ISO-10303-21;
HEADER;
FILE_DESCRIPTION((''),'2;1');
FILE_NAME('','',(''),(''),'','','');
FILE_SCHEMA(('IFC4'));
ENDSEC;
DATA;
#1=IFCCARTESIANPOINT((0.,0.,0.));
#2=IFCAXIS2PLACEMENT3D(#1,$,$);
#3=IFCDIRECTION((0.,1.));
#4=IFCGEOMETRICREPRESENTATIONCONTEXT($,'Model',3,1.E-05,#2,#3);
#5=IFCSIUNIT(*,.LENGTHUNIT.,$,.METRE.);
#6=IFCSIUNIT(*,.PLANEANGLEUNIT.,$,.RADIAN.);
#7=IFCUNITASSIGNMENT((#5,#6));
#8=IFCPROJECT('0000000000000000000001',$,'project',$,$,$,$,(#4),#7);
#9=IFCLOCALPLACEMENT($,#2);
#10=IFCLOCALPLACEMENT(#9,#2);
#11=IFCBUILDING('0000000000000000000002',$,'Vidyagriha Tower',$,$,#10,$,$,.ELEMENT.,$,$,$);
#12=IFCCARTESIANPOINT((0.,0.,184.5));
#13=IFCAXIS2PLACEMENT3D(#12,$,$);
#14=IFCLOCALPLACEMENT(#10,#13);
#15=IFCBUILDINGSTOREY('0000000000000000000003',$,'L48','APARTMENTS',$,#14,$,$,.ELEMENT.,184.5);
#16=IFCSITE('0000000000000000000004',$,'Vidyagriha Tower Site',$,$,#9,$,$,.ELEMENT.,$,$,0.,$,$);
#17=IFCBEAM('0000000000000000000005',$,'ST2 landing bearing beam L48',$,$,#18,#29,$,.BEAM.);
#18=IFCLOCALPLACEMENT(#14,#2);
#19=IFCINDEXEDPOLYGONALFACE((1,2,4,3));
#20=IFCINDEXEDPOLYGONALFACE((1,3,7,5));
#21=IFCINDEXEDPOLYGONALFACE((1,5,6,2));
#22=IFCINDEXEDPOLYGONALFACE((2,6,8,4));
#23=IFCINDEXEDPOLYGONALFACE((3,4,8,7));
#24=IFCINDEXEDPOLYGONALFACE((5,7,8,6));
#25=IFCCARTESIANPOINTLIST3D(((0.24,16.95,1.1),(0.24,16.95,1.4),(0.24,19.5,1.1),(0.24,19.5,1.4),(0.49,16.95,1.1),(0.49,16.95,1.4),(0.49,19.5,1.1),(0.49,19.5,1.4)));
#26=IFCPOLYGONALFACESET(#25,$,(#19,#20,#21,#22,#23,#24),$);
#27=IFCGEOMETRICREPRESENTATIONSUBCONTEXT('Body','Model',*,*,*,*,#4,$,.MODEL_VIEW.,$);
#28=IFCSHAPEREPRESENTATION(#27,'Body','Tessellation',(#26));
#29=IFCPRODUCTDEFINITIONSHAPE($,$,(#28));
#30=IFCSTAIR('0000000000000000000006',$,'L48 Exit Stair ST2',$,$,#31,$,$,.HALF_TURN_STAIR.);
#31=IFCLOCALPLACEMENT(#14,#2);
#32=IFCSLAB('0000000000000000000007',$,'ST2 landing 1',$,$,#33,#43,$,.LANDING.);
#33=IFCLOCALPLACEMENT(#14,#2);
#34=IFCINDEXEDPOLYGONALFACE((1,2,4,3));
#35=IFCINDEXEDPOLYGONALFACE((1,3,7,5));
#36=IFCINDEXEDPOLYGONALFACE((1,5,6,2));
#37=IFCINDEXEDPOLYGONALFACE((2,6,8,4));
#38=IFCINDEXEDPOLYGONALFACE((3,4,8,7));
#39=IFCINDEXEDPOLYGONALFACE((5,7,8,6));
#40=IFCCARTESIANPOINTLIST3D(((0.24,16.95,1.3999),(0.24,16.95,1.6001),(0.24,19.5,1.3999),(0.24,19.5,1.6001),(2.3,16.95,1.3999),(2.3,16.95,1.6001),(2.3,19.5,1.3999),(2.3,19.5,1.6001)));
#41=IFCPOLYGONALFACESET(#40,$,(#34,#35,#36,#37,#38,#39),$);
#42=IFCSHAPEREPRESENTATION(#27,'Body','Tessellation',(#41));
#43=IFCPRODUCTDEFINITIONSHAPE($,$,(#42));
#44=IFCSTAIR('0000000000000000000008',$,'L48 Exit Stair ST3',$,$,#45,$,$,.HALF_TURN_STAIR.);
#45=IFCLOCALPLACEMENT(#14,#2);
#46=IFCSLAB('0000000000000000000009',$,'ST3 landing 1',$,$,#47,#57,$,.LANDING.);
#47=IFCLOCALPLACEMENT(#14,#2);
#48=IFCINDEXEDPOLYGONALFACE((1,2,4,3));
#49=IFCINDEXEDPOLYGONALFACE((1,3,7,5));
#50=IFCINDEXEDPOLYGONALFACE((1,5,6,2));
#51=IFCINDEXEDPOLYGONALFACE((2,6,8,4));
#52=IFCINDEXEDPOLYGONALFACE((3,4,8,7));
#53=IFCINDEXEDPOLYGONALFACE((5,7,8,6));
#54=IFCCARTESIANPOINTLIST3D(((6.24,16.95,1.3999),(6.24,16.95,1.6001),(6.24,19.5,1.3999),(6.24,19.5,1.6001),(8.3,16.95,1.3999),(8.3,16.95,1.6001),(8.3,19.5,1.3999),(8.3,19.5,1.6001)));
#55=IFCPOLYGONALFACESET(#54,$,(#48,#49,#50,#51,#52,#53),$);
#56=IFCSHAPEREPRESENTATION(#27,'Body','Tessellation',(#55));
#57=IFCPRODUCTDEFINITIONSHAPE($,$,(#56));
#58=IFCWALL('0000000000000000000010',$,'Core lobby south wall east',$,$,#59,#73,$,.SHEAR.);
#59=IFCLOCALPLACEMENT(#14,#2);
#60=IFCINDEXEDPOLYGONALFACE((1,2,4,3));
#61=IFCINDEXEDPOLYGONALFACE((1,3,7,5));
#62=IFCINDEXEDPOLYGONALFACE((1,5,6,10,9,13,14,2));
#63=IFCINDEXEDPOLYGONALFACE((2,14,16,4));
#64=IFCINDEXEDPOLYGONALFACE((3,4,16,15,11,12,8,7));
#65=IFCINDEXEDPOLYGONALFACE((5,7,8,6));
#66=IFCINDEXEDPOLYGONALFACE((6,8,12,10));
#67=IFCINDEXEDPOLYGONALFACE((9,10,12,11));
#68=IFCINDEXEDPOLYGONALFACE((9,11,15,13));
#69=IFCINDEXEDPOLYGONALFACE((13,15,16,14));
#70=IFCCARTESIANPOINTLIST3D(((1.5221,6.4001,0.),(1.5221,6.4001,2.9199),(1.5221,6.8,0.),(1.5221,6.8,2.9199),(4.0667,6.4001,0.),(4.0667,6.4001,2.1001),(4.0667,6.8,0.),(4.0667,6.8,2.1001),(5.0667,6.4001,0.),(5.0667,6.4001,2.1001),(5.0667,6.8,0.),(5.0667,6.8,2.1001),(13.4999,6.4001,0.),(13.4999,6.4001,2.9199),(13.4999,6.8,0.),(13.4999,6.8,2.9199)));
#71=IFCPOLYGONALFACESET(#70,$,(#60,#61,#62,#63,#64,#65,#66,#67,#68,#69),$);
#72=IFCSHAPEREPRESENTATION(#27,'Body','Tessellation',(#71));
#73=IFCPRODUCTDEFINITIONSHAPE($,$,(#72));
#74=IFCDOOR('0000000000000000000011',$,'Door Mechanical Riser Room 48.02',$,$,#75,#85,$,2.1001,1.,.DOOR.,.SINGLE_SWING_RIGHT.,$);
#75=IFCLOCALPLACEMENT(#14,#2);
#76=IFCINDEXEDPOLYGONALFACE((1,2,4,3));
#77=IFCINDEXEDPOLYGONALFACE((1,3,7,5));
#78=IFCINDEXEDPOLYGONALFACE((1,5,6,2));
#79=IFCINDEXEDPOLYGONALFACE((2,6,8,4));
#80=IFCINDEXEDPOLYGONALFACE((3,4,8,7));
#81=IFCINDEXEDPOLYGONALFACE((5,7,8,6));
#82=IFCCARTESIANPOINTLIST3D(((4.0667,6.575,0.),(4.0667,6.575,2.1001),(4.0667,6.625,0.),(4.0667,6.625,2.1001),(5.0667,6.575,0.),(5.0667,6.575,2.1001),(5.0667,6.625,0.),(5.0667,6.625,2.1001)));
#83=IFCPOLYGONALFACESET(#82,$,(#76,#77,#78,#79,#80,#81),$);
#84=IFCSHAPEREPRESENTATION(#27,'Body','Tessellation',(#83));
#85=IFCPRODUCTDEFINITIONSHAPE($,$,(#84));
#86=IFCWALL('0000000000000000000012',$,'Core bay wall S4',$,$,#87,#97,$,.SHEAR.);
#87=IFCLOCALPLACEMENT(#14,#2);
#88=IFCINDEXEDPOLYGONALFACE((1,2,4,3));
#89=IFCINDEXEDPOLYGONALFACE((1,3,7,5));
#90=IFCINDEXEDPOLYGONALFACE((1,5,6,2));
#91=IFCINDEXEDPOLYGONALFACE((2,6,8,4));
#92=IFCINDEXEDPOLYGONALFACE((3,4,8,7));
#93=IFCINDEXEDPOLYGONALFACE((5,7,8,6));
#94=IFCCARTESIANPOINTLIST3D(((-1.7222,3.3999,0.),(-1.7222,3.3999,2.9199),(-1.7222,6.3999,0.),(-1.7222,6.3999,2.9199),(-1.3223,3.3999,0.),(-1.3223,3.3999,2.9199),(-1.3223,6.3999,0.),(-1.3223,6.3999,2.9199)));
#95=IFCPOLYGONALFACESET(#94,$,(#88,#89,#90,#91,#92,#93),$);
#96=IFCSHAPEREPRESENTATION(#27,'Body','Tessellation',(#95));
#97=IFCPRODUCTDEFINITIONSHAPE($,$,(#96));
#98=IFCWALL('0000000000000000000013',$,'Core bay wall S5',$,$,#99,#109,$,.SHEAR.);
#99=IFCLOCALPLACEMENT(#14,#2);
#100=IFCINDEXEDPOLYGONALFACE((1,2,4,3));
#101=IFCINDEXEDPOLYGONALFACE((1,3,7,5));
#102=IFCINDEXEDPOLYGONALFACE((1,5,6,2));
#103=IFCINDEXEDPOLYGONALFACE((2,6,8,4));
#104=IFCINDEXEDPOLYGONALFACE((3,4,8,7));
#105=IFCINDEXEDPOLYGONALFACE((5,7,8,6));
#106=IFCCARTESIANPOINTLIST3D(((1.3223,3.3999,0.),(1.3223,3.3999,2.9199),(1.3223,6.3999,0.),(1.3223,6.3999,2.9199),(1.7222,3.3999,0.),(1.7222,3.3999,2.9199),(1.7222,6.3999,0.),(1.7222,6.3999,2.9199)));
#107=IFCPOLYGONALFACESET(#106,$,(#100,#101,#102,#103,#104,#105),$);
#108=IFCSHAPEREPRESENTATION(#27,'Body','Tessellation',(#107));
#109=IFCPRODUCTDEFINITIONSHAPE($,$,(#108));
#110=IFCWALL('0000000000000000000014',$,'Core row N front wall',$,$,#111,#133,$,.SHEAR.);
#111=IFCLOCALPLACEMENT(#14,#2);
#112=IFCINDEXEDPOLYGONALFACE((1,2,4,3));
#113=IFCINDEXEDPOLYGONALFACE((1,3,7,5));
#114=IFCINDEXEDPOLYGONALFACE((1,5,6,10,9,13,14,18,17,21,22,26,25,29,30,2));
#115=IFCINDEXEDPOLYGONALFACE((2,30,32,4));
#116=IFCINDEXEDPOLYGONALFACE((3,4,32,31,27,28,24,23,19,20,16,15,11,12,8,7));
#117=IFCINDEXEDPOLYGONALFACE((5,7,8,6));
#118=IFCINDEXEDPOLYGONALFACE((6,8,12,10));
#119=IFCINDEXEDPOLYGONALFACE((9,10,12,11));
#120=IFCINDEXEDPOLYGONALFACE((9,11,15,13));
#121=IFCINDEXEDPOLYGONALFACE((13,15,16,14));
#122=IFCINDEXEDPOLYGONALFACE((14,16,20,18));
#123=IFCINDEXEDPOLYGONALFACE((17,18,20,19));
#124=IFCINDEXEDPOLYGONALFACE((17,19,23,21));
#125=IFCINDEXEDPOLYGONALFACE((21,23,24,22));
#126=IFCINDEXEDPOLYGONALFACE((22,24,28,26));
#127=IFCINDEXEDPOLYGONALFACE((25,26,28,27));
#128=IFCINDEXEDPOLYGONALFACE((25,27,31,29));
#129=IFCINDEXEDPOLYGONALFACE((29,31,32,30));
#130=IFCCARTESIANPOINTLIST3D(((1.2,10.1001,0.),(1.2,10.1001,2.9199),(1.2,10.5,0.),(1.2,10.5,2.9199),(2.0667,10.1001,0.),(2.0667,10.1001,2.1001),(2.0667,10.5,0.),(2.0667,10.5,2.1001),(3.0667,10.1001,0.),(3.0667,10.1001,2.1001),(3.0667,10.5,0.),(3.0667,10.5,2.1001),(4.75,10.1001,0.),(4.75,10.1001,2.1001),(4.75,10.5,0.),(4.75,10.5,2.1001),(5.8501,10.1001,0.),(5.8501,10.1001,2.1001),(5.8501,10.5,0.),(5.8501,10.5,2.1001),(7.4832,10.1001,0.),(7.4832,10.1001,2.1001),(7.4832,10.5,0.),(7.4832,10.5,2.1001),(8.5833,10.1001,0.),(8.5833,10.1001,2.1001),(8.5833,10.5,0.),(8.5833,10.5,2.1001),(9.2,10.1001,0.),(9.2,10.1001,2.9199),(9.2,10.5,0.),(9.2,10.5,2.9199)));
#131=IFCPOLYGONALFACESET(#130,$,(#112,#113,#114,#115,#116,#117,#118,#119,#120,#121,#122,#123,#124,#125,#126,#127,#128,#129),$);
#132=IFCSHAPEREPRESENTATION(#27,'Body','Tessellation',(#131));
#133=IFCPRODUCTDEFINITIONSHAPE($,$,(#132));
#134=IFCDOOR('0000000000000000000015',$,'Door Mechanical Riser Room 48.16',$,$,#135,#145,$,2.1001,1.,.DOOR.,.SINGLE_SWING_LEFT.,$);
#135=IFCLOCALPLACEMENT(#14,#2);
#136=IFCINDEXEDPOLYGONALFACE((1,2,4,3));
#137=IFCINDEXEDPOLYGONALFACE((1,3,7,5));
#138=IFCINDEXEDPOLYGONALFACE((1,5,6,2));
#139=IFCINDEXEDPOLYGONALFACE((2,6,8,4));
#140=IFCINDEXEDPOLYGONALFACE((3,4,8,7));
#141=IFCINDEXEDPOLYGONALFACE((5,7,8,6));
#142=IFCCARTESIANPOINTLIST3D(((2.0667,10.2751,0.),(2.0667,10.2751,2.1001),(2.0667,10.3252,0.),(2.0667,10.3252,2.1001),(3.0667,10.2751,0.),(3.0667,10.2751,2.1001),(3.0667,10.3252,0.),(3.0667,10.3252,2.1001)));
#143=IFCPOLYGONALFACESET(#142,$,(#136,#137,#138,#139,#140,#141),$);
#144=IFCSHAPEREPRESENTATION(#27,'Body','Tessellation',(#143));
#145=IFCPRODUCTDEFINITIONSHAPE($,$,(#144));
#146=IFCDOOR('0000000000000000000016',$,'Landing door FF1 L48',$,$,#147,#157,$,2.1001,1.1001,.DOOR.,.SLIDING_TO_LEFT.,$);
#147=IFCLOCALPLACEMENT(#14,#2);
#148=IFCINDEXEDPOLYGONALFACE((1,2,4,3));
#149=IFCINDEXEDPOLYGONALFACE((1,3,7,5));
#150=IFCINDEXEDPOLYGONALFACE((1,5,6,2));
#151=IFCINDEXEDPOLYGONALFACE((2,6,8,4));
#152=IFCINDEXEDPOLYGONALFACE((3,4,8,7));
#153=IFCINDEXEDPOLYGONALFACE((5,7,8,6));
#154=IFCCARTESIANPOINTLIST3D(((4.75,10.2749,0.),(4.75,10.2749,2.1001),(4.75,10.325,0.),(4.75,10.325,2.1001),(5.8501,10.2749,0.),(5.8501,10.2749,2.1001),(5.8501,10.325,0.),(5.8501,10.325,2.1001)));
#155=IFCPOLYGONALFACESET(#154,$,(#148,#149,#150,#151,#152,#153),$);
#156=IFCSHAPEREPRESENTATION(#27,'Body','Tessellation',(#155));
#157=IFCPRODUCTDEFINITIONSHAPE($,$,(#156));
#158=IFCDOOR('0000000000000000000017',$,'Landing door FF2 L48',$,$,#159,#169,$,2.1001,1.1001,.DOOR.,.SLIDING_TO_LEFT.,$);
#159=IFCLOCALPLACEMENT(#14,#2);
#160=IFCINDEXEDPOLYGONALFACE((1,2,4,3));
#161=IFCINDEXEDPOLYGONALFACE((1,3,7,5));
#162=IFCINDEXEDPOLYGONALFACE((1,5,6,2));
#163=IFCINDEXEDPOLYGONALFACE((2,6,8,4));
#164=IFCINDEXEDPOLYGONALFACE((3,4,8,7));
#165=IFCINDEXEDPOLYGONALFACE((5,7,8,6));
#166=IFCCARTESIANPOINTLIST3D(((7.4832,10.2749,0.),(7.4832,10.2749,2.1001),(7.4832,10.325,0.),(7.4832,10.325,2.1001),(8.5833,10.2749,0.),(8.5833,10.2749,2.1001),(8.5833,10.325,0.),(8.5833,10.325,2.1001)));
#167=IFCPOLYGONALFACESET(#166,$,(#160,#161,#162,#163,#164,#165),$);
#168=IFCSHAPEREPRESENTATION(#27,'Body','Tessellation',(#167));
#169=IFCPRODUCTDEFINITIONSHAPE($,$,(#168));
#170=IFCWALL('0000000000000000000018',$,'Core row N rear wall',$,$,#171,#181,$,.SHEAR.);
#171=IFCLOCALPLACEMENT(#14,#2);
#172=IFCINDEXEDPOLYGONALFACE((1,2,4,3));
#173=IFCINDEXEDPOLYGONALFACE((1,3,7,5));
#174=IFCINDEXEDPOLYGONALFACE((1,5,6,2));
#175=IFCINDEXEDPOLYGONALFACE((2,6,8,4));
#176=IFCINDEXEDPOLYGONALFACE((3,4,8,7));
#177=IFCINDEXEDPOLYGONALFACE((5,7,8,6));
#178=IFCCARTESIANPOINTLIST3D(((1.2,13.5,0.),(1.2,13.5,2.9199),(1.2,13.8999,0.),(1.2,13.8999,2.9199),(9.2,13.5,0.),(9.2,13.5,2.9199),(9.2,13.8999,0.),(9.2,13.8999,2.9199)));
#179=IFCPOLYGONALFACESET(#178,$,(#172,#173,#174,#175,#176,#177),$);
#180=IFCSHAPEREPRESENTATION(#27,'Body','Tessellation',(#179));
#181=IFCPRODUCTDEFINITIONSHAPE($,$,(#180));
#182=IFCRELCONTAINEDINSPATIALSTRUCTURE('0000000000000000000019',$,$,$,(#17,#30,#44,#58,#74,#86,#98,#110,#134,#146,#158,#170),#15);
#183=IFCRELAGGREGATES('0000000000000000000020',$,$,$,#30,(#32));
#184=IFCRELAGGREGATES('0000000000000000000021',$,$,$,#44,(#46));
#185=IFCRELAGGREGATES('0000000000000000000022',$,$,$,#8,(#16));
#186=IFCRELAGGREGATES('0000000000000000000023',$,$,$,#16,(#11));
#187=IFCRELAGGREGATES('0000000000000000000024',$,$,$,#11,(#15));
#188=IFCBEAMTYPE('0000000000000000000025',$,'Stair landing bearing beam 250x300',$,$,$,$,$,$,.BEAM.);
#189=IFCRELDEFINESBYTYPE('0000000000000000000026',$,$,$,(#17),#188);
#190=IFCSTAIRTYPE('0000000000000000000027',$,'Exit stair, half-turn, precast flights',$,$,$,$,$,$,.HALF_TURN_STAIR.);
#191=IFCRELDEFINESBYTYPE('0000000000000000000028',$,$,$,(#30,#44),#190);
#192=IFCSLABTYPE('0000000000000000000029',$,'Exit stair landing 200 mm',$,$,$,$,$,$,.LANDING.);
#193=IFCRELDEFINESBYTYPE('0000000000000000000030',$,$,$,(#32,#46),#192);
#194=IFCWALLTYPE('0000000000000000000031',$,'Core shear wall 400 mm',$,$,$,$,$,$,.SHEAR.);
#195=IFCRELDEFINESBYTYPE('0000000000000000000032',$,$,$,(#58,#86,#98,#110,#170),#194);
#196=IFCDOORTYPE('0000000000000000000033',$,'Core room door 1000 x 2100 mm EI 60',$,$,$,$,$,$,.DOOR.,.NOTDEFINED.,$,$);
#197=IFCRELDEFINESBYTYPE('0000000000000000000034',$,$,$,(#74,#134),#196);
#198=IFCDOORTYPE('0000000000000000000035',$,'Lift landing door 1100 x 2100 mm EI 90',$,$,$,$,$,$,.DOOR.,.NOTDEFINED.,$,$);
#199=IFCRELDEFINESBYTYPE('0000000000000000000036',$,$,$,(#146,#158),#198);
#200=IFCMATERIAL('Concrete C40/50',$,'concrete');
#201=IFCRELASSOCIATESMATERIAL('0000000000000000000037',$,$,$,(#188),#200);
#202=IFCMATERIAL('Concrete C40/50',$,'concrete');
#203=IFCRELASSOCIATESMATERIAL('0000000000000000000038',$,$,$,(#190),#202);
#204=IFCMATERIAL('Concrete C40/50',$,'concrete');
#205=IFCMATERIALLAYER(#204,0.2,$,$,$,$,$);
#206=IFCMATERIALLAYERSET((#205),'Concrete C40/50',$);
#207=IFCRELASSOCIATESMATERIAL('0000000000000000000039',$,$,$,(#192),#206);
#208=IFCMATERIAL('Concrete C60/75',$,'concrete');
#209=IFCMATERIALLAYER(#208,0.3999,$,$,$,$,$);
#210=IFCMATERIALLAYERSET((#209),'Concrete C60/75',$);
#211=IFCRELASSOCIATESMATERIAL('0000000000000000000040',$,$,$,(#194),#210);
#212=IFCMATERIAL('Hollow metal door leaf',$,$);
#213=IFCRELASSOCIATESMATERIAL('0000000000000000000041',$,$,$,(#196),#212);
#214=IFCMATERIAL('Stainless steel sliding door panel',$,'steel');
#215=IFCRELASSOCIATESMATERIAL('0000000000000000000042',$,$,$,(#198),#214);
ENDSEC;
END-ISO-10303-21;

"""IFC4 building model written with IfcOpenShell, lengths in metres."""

from ifc_helpers import new_model, si_unit, direction, frame, frame_2d, origin, origin_2d, place, context, subcontext, project, spatial, polyline, rectangle, outline, extrude, material, layer, layer_set, material_profile, profile_set, type_object, element, fill, aggregate, save


model = new_model("IFC4")

# Units and contexts
model_context = context("Model", 3, precision=1e-05, world=origin(), true_north=direction((0.0, 1.0)))
body_context = subcontext(model_context, "Body", "Model", "MODEL_VIEW")
ifc_project = project(units=[si_unit("LENGTHUNIT", "METRE"), si_unit("PLANEANGLEUNIT", "RADIAN")], contexts=[model_context])

# Site, building, storey
site_placement = place(None, origin())
site = spatial("IfcSite", under=ifc_project, at=site_placement, Name="Vidyagriha Tower Site", CompositionType="ELEMENT", RefElevation=0.0)
building_placement = place(site_placement, origin())
building = spatial("IfcBuilding", under=site, at=building_placement, Name="Vidyagriha Tower", CompositionType="ELEMENT")
storey_placement = place(building_placement, frame((0.0, 0.0, 184.5)))
storey = spatial("IfcBuildingStorey", under=building, at=storey_placement, Name="L48", Description="APARTMENTS", CompositionType="ELEMENT", Elevation=184.5)

# Beam
ifc_material_1 = material(Name="Concrete C40/50", Category="concrete")
ifc_material_profile = material_profile(ifc_material_1, rectangle(XDim=0.25, YDim=0.3, at=origin_2d()), Name="Stair landing bearing beam 250x300")
ifc_profile_set = profile_set([ifc_material_profile], Name="Concrete C40/50")
beam_type = type_object("IfcBeamType", Name="Stair landing bearing beam 250x300", PredefinedType="BEAM", material=ifc_profile_set)
beam_placement = place(storey_placement, frame((0.365, 16.95, 1.25), z_axis=(0.0, 1.0, 0.0), x_axis=(-1.0, 0.0, 0.0)))
element("IfcBeam", 1, at=beam_placement, inside=storey, type_object=beam_type, Name="ST2 landing bearing beam L48", PredefinedType="BEAM", context=body_context, shape_type="SweptSolid", body=[
    extrude(rectangle(XDim=0.25, YDim=0.3, at=origin_2d()), origin(), (0.0, 0.0, 1.0), 2.55),
])

# Stairs, slabs
ifc_material_2 = material(Name="Concrete C40/50", Category="concrete")
stair_type = type_object("IfcStairType", Name="Exit stair, half-turn, precast flights", PredefinedType="HALF_TURN_STAIR", material=ifc_material_2)
stair_1_placement = place(storey_placement, origin())
stair_1 = element("IfcStair", 2, at=stair_1_placement, inside=storey, type_object=stair_type, Name="L48 Exit Stair ST2", PredefinedType="HALF_TURN_STAIR")
ifc_material_3 = material(Name="Concrete C40/50", Category="concrete")
ifc_layer_1 = layer(ifc_material_3, 0.2)
ifc_layer_set_1 = layer_set([ifc_layer_1], Name="Concrete C40/50")
slab_type = type_object("IfcSlabType", Name="Exit stair landing 200 mm", PredefinedType="LANDING", material=ifc_layer_set_1)
slab_1_placement = place(storey_placement, frame((0.0, 0.0, 1.3999)))
slab_1 = element("IfcSlab", 3, at=slab_1_placement, type_object=slab_type, Name="ST2 landing 1", PredefinedType="LANDING", context=body_context, shape_type="SweptSolid", body=[
    extrude(outline(polyline([(0.24, 16.95), (2.3, 16.95), (2.3, 19.5), (0.24, 19.5), (0.24, 16.95)])), origin(), (0.0, 0.0, 1.0), 0.2002),
])
aggregate(stair_1, [slab_1])
stair_2_placement = place(storey_placement, origin())
stair_2 = element("IfcStair", 4, at=stair_2_placement, inside=storey, type_object=stair_type, Name="L48 Exit Stair ST3", PredefinedType="HALF_TURN_STAIR")
slab_2_placement = place(storey_placement, frame((0.0, 0.0, 1.3999)))
slab_2 = element("IfcSlab", 5, at=slab_2_placement, type_object=slab_type, Name="ST3 landing 1", PredefinedType="LANDING", context=body_context, shape_type="SweptSolid", body=[
    extrude(outline(polyline([(6.24, 16.95), (8.3, 16.95), (8.3, 19.5), (6.24, 19.5), (6.24, 16.95)])), origin(), (0.0, 0.0, 1.0), 0.2002),
])
aggregate(stair_2, [slab_2])

# Wall, opening, door
ifc_material_4 = material(Name="Concrete C60/75", Category="concrete")
ifc_layer_2 = layer(ifc_material_4, 0.3999)
ifc_layer_set_2 = layer_set([ifc_layer_2], Name="Concrete C60/75")
wall_type_1 = type_object("IfcWallType", Name="Core shear wall 400 mm", PredefinedType="SHEAR", material=ifc_layer_set_2)
wall_1_placement = place(storey_placement, frame((1.5222, 6.6001, 0.0)))
wall_1 = element("IfcWall", 6, at=wall_1_placement, inside=storey, type_object=wall_type_1, Name="Core lobby south wall east", PredefinedType="SHEAR", context=body_context, shape_type="SweptSolid", body=[
    extrude(rectangle(XDim=11.9778, YDim=0.3999, at=frame_2d((5.9888, 0.0))), origin(), (0.0, 0.0, 1.0), 2.9199),
])
opening_1_placement = place(wall_1_placement, frame((2.5444, 0.0, 0.0)))
opening_1 = element("IfcOpeningElement", 7, at=opening_1_placement, cuts=wall_1, PredefinedType="OPENING", context=body_context, shape_type="SweptSolid", body=[
    extrude(rectangle(XDim=1.0, YDim=2.1001, at=frame_2d((0.5, 1.05))), frame((0.0, 0.21, 0.0), z_axis=(0.0, -1.0, 0.0), x_axis=(1.0, 0.0, 0.0)), (0.0, 0.0, 1.0), 0.4199),
])
ifc_material_5 = material(Name="Hollow metal door leaf")
door_type_1 = type_object("IfcDoorType", Name="Core room door 1000 x 2100 mm EI 60", OperationType="NOTDEFINED", PredefinedType="DOOR", material=ifc_material_5)
door_1_placement = place(opening_1_placement, origin())
door_1 = element("IfcDoor", 8, at=door_1_placement, inside=storey, type_object=door_type_1, Name="Door Mechanical Riser Room 48.02", OperationType="SINGLE_SWING_RIGHT", OverallHeight=2.1001, OverallWidth=1.0, PredefinedType="DOOR", context=body_context, shape_type="SweptSolid", body=[
    extrude(rectangle(XDim=1.0, YDim=2.1001, at=frame_2d((0.5, 1.05))), frame((0.0, 0.0249, 0.0), z_axis=(0.0, -1.0, 0.0), x_axis=(1.0, 0.0, 0.0)), (0.0, 0.0, 1.0), 0.05),
])
fill(opening_1, door_1)

# Walls
for number, where, z_axis, x_axis, name in (
    (9, (-1.5222, 3.3999, 0.0), (0.0, 0.0, 1.0), (0.0, 1.0, 0.0), "Core bay wall S4"),
    (10, (1.5222, 3.3999, 0.0), (0.0, 0.0, 1.0), (0.0, 1.0, 0.0), "Core bay wall S5"),
):
    element("IfcWall", number, at=place(storey_placement, frame(where, z_axis=z_axis, x_axis=x_axis)), inside=storey, type_object=wall_type_1, Name=name, PredefinedType="SHEAR", context=body_context, shape_type="SweptSolid", body=[
        extrude(rectangle(XDim=3.0, YDim=0.3999, at=frame_2d((1.5, 0.0))), origin(), (0.0, 0.0, 1.0), 2.9199),
    ])

# Wall, openings, doors
wall_2_placement = place(storey_placement, frame((1.2, 10.3, 0.0)))
wall_2 = element("IfcWall", 11, at=wall_2_placement, inside=storey, type_object=wall_type_1, Name="Core row N front wall", PredefinedType="SHEAR", context=body_context, shape_type="SweptSolid", body=[
    extrude(rectangle(XDim=8.0, YDim=0.3999, at=frame_2d((4.0, 0.0))), origin(), (0.0, 0.0, 1.0), 2.9199),
])
opening_2_placement = place(wall_2_placement, frame((3.55, 0.0, 0.0)))
opening_2 = element("IfcOpeningElement", 12, at=opening_2_placement, cuts=wall_2, PredefinedType="OPENING", context=body_context, shape_type="SweptSolid", body=[
    extrude(rectangle(XDim=1.1001, YDim=2.1001, at=frame_2d((0.55, 1.05))), frame((0.0, 0.21, 0.0), z_axis=(0.0, -1.0, 0.0), x_axis=(1.0, 0.0, 0.0)), (0.0, 0.0, 1.0), 0.4199),
])
opening_3_placement = place(wall_2_placement, frame((6.2832, 0.0, 0.0)))
opening_3 = element("IfcOpeningElement", 13, at=opening_3_placement, cuts=wall_2, PredefinedType="OPENING", context=body_context, shape_type="SweptSolid", body=[
    extrude(rectangle(XDim=1.1001, YDim=2.1001, at=frame_2d((0.55, 1.05))), frame((0.0, 0.21, 0.0), z_axis=(0.0, -1.0, 0.0), x_axis=(1.0, 0.0, 0.0)), (0.0, 0.0, 1.0), 0.4199),
])
opening_4_placement = place(wall_2_placement, frame((0.8667, 0.0, 0.0)))
opening_4 = element("IfcOpeningElement", 14, at=opening_4_placement, cuts=wall_2, PredefinedType="OPENING", context=body_context, shape_type="SweptSolid", body=[
    extrude(rectangle(XDim=1.0, YDim=2.1001, at=frame_2d((0.5, 1.05))), frame((0.0, 0.21, 0.0), z_axis=(0.0, -1.0, 0.0), x_axis=(1.0, 0.0, 0.0)), (0.0, 0.0, 1.0), 0.4199),
])
door_2_placement = place(opening_4_placement, frame((1.0, 0.0, 0.0), z_axis=(0.0, 0.0, 1.0), x_axis=(-1.0, 0.0, 0.0)))
door_2 = element("IfcDoor", 15, at=door_2_placement, inside=storey, type_object=door_type_1, Name="Door Mechanical Riser Room 48.16", OperationType="SINGLE_SWING_LEFT", OverallHeight=2.1001, OverallWidth=1.0, PredefinedType="DOOR", context=body_context, shape_type="SweptSolid", body=[
    extrude(rectangle(XDim=1.0, YDim=2.1001, at=frame_2d((0.5, 1.05))), frame((0.0, 0.0249, 0.0), z_axis=(0.0, -1.0, 0.0), x_axis=(1.0, 0.0, 0.0)), (0.0, 0.0, 1.0), 0.05),
])
fill(opening_4, door_2)
ifc_material_6 = material(Name="Stainless steel sliding door panel", Category="steel")
door_type_2 = type_object("IfcDoorType", Name="Lift landing door 1100 x 2100 mm EI 90", OperationType="NOTDEFINED", PredefinedType="DOOR", material=ifc_material_6)
door_3_placement = place(opening_2_placement, origin())
door_3 = element("IfcDoor", 16, at=door_3_placement, inside=storey, type_object=door_type_2, Name="Landing door FF1 L48", OperationType="SLIDING_TO_LEFT", OverallHeight=2.1001, OverallWidth=1.1001, PredefinedType="DOOR", context=body_context, shape_type="SweptSolid", body=[
    extrude(rectangle(XDim=1.1001, YDim=2.1001, at=frame_2d((0.55, 1.05))), frame((0.0, 0.0249, 0.0), z_axis=(0.0, -1.0, 0.0), x_axis=(1.0, 0.0, 0.0)), (0.0, 0.0, 1.0), 0.05),
])
fill(opening_2, door_3)
door_4_placement = place(opening_3_placement, origin())
door_4 = element("IfcDoor", 17, at=door_4_placement, inside=storey, type_object=door_type_2, Name="Landing door FF2 L48", OperationType="SLIDING_TO_LEFT", OverallHeight=2.1001, OverallWidth=1.1001, PredefinedType="DOOR", context=body_context, shape_type="SweptSolid", body=[
    extrude(rectangle(XDim=1.1001, YDim=2.1001, at=frame_2d((0.55, 1.05))), frame((0.0, 0.0249, 0.0), z_axis=(0.0, -1.0, 0.0), x_axis=(1.0, 0.0, 0.0)), (0.0, 0.0, 1.0), 0.05),
])
fill(opening_3, door_4)

# Wall
wall_3_placement = place(storey_placement, frame((1.2, 13.7, 0.0)))
element("IfcWall", 18, at=wall_3_placement, inside=storey, type_object=wall_type_1, Name="Core row N rear wall", PredefinedType="SHEAR", context=body_context, shape_type="SweptSolid", body=[
    extrude(rectangle(XDim=8.0, YDim=0.3999, at=frame_2d((4.0, 0.0))), origin(), (0.0, 0.0, 1.0), 2.9199),
])

save(model, "model.ifc")
